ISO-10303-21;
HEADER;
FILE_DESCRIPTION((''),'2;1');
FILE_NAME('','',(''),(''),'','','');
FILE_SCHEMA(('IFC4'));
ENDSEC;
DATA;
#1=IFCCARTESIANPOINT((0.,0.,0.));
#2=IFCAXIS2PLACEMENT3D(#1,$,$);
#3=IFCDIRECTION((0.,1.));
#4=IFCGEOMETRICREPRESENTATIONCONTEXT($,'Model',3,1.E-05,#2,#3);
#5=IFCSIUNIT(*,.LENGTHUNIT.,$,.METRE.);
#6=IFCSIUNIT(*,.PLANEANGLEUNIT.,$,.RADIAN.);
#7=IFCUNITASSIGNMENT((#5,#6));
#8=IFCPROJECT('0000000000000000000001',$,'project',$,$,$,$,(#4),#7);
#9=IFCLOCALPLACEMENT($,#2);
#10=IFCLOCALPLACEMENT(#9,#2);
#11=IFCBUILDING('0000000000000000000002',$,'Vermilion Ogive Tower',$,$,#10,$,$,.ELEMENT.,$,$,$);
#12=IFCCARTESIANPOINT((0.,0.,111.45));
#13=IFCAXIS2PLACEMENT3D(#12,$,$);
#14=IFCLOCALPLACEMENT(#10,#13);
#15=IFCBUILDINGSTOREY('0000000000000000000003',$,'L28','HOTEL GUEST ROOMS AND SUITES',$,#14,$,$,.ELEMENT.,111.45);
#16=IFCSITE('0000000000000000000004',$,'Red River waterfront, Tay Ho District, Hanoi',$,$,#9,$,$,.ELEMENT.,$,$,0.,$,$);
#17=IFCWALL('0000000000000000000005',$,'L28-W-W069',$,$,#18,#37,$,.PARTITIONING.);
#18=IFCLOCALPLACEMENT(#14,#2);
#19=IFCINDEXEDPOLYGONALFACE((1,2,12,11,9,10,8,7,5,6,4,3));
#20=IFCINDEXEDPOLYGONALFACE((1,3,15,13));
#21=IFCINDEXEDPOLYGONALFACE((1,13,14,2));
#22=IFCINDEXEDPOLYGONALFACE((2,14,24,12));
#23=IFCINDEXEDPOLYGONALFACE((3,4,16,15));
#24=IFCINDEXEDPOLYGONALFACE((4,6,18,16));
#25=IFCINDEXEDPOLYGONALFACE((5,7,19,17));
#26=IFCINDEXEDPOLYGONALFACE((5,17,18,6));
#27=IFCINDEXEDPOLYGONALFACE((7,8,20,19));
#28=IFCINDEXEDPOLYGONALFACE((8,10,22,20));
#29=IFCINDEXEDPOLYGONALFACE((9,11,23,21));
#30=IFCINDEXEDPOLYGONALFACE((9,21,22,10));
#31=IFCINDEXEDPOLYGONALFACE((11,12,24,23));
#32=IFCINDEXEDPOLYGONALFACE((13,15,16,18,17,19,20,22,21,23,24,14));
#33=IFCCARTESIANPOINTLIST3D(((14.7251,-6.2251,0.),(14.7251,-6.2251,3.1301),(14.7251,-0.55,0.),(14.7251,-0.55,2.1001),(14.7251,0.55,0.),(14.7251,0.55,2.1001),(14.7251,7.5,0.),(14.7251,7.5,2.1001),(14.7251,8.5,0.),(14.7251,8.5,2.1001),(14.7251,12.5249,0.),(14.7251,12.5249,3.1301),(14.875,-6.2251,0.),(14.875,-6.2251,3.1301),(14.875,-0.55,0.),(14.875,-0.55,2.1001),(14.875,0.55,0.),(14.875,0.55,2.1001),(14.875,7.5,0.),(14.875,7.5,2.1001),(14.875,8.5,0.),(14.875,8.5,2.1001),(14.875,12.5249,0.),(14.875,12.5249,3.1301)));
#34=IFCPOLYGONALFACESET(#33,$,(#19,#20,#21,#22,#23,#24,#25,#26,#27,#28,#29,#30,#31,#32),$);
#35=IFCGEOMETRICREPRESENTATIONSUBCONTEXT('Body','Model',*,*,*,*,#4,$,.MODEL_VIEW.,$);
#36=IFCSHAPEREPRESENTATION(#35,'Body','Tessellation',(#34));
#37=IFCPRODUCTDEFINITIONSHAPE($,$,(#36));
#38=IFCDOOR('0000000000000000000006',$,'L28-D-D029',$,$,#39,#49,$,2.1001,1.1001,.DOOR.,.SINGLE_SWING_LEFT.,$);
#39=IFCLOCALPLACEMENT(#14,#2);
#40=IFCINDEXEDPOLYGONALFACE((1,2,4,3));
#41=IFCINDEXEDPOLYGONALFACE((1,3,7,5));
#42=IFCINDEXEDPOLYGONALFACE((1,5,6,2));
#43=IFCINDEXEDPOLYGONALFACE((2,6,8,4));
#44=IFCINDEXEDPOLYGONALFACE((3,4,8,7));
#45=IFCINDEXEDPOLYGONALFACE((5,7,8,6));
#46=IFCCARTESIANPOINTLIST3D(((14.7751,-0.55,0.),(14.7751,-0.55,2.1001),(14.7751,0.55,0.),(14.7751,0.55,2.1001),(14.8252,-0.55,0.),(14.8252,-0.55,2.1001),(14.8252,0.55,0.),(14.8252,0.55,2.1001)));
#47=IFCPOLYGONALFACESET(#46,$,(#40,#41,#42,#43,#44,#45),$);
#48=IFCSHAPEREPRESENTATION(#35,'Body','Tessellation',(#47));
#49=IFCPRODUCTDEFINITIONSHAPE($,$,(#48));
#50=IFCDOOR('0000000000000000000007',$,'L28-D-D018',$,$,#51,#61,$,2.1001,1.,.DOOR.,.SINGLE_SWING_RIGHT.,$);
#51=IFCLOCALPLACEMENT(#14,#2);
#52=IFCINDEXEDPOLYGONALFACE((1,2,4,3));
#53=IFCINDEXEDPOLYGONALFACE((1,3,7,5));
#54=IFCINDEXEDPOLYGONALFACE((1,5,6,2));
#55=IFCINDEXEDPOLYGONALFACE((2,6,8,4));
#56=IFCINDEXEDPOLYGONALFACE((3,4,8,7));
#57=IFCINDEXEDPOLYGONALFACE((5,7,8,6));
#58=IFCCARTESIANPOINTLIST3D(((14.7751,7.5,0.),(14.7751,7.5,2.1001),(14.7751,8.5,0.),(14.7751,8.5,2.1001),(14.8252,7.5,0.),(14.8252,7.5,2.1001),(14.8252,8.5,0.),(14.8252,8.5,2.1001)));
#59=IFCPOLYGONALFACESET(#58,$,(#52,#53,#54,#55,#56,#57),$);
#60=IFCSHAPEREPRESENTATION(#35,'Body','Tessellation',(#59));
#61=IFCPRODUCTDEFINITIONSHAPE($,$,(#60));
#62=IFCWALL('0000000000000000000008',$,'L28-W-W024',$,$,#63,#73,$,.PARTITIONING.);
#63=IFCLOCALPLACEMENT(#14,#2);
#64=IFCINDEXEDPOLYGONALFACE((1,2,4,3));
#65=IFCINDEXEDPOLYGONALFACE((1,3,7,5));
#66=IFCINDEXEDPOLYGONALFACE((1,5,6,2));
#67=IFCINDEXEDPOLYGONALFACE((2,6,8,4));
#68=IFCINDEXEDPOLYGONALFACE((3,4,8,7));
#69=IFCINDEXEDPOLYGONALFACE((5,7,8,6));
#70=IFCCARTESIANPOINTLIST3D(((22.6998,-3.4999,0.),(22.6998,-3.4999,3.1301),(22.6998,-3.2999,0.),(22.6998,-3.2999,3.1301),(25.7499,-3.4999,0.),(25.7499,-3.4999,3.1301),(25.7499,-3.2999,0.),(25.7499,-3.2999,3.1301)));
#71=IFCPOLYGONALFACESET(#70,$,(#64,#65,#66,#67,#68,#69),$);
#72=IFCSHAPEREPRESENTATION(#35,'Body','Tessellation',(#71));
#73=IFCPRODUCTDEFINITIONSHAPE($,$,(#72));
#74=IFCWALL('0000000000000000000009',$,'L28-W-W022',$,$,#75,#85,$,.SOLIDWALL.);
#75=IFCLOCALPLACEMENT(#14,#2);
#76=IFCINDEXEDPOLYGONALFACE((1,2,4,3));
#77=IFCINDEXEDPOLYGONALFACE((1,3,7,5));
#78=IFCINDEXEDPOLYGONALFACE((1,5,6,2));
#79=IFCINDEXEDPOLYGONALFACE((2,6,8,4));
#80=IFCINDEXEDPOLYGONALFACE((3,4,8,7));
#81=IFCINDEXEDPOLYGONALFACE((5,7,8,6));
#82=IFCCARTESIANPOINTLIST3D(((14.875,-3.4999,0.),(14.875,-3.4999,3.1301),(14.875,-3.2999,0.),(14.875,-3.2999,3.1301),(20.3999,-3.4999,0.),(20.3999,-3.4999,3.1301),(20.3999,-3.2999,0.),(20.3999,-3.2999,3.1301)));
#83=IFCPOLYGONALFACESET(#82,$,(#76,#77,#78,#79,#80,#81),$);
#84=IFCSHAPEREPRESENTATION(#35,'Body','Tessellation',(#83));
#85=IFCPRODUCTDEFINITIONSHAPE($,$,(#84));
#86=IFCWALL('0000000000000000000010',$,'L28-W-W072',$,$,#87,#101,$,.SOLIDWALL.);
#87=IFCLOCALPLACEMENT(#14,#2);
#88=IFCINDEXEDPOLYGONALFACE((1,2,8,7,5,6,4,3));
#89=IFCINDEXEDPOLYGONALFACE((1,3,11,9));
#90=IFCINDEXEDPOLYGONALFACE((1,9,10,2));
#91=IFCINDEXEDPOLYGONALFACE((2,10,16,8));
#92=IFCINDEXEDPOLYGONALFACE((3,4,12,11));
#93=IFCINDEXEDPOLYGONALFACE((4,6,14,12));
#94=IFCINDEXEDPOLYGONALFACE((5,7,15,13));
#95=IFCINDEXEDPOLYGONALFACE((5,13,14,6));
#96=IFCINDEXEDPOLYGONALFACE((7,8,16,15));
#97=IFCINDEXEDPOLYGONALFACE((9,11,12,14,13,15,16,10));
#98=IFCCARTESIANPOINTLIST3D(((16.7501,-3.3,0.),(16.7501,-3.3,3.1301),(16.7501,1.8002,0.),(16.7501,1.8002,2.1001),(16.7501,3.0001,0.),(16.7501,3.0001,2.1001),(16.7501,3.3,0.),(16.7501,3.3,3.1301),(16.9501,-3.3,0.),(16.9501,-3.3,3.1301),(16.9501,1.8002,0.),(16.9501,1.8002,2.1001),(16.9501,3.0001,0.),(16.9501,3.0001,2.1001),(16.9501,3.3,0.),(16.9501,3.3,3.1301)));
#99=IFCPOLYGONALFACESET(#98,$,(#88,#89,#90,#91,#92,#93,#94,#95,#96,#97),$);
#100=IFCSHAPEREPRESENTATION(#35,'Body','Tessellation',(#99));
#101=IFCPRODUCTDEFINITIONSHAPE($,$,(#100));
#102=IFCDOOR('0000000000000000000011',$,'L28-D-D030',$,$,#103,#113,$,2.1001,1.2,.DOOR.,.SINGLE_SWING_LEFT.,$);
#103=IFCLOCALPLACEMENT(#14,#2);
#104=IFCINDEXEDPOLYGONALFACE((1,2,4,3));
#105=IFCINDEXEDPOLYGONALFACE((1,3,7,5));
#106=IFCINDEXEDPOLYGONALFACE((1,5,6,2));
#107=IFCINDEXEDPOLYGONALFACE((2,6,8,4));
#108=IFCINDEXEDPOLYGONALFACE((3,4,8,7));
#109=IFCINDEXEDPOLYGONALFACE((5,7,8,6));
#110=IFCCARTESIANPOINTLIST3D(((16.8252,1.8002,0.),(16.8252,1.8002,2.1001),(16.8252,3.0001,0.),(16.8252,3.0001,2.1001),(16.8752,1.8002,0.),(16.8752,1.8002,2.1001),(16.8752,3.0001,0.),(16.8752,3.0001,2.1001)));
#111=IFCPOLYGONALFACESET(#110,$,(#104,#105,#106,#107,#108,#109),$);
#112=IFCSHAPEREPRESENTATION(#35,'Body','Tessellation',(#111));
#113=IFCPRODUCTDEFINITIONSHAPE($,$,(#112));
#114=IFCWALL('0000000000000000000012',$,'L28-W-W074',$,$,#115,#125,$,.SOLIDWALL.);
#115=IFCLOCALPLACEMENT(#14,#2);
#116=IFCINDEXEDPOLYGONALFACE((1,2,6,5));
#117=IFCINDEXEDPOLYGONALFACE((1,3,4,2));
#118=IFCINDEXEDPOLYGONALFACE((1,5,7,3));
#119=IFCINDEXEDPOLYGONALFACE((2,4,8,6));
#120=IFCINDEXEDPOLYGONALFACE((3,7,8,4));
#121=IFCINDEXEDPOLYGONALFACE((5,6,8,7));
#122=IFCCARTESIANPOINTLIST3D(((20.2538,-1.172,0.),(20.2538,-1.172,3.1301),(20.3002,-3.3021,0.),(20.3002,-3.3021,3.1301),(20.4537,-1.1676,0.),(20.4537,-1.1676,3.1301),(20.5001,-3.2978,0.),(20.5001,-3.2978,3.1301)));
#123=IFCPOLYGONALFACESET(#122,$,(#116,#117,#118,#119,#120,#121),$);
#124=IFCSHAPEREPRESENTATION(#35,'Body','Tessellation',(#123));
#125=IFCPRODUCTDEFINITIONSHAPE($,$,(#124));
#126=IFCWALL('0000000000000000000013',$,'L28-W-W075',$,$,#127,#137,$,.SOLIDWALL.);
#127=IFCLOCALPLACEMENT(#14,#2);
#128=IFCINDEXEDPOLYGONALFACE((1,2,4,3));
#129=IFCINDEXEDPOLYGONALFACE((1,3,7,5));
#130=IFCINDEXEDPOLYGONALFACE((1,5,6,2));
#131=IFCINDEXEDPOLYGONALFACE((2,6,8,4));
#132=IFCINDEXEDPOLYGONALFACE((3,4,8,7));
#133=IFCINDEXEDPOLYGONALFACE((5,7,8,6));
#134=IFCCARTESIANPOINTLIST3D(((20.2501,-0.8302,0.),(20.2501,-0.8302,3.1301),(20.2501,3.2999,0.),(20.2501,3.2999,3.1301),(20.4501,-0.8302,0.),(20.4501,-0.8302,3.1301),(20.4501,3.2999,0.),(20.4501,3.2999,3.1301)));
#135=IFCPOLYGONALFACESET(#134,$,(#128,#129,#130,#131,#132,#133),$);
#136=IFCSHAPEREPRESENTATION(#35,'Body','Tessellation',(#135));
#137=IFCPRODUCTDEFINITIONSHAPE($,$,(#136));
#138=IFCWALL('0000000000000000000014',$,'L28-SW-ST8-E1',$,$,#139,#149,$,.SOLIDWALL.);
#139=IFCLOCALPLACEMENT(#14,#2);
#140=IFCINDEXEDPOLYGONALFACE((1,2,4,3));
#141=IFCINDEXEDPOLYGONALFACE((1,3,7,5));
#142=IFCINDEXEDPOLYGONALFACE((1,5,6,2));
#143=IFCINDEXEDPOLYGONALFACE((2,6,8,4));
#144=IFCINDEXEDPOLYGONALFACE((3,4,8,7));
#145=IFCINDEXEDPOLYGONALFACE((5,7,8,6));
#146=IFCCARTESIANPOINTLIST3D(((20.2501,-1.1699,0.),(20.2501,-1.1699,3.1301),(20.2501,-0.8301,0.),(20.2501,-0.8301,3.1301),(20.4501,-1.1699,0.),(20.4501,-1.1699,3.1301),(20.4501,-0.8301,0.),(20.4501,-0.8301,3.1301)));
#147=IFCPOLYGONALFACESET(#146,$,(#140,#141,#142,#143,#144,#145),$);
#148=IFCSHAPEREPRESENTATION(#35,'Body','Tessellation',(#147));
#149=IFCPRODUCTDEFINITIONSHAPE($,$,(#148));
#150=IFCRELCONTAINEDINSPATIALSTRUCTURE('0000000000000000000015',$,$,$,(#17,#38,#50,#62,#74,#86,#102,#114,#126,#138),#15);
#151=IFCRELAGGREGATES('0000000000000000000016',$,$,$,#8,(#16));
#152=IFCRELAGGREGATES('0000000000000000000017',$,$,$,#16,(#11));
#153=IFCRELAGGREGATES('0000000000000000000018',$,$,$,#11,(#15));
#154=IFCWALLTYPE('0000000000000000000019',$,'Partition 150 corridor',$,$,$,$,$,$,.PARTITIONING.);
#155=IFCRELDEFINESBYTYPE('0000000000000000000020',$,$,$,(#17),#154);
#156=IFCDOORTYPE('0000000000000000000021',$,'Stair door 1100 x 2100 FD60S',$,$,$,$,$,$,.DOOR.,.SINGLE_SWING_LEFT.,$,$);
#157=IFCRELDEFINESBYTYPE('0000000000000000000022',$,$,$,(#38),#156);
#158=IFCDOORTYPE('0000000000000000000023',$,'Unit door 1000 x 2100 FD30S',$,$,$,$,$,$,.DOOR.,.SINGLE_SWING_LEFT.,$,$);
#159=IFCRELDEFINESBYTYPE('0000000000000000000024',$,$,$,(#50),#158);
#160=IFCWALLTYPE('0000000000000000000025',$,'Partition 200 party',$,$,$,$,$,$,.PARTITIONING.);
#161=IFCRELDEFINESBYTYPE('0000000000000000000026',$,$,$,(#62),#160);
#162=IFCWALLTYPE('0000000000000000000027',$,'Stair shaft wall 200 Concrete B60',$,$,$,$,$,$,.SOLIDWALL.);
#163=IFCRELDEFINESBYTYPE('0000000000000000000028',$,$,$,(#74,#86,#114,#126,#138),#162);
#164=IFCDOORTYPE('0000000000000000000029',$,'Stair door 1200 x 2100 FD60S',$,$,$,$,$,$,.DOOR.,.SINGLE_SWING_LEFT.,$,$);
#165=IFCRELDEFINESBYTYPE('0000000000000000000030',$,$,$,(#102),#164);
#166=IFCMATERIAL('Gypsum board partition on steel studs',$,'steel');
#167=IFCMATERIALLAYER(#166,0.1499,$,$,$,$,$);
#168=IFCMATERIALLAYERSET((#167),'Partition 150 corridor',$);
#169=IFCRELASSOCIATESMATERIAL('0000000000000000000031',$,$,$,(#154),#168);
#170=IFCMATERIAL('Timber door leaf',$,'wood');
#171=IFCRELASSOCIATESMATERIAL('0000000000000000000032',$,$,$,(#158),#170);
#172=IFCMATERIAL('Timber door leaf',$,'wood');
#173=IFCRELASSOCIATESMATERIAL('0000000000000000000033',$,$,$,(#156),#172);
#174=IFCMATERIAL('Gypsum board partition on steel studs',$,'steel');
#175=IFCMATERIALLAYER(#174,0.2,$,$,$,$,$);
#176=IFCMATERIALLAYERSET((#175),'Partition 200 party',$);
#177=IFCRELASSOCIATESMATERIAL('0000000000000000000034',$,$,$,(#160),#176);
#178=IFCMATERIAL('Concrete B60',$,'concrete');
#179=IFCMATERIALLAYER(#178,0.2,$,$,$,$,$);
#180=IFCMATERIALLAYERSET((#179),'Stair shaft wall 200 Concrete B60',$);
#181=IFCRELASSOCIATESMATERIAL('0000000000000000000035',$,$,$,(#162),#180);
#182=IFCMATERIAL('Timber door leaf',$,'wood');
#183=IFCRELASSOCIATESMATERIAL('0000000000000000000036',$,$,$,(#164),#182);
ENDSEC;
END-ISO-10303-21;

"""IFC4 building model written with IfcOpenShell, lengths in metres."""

from ifc_helpers import new_model, si_unit, direction, frame, frame_2d, origin, place, context, subcontext, project, spatial, rectangle, extrude, material, layer, layer_set, type_object, element, fill, save


model = new_model("IFC4")

# Units and contexts
model_context = context("Model", 3, precision=1e-05, world=origin(), true_north=direction((0.0, 1.0)))
body_context = subcontext(model_context, "Body", "Model", "MODEL_VIEW")
ifc_project = project(units=[si_unit("LENGTHUNIT", "METRE"), si_unit("PLANEANGLEUNIT", "RADIAN")], contexts=[model_context])

# Site, building, storey
site_placement = place(None, origin())
site = spatial("IfcSite", under=ifc_project, at=site_placement, Name="Red River waterfront, Tay Ho District, Hanoi", CompositionType="ELEMENT", RefElevation=0.0)
building_placement = place(site_placement, origin())
building = spatial("IfcBuilding", under=site, at=building_placement, Name="Vermilion Ogive Tower", CompositionType="ELEMENT")
storey_placement = place(building_placement, frame((0.0, 0.0, 111.45)))
storey = spatial("IfcBuildingStorey", under=building, at=storey_placement, Name="L28", Description="HOTEL GUEST ROOMS AND SUITES", CompositionType="ELEMENT", Elevation=111.45)

# Shared definitions
ifc_material_1 = material(Name="Gypsum board partition on steel studs", Category="steel")
ifc_layer_1 = layer(ifc_material_1, 0.1499)
ifc_layer_set_1 = layer_set([ifc_layer_1], Name="Partition 150 corridor")
wall_type_1 = type_object("IfcWallType", Name="Partition 150 corridor", PredefinedType="PARTITIONING", material=ifc_layer_set_1)
ifc_material_2 = material(Name="Timber door leaf", Category="wood")
door_type_1 = type_object("IfcDoorType", Name="Unit door 1000 x 2100 FD30S", OperationType="SINGLE_SWING_LEFT", PredefinedType="DOOR", material=ifc_material_2)

# Wall, openings, doors
wall_1_placement = place(storey_placement, frame((14.8, -6.2251, 0.0), z_axis=(0.0, 0.0, 1.0), x_axis=(0.0, 1.0, 0.0)))
wall_1 = element("IfcWall", 1, at=wall_1_placement, inside=storey, type_object=wall_type_1, Name="L28-W-W069", PredefinedType="PARTITIONING", context=body_context, shape_type="SweptSolid", body=[
    extrude(rectangle(XDim=18.75, YDim=0.1499, at=frame_2d((9.375, 0.0))), origin(), (0.0, 0.0, 1.0), 3.1301),
])
opening_1_placement = place(wall_1_placement, frame((13.7251, 0.0, 0.0)))
opening_1 = element("IfcOpeningElement", 2, at=opening_1_placement, cuts=wall_1, PredefinedType="OPENING", context=body_context, shape_type="SweptSolid", body=[
    extrude(rectangle(XDim=1.0, YDim=2.1001, at=frame_2d((0.5, 1.05))), frame((0.0, 0.085, 0.0), z_axis=(0.0, -1.0, 0.0), x_axis=(1.0, 0.0, 0.0)), (0.0, 0.0, 1.0), 0.1699),
])
opening_2_placement = place(wall_1_placement, frame((5.675, 0.0, 0.0)))
opening_2 = element("IfcOpeningElement", 3, at=opening_2_placement, cuts=wall_1, PredefinedType="OPENING", context=body_context, shape_type="SweptSolid", body=[
    extrude(rectangle(XDim=1.1001, YDim=2.1001, at=frame_2d((0.55, 1.05))), frame((0.0, 0.085, 0.0), z_axis=(0.0, -1.0, 0.0), x_axis=(1.0, 0.0, 0.0)), (0.0, 0.0, 1.0), 0.1699),
])
ifc_material_3 = material(Name="Timber door leaf", Category="wood")
door_type_2 = type_object("IfcDoorType", Name="Stair door 1100 x 2100 FD60S", OperationType="SINGLE_SWING_LEFT", PredefinedType="DOOR", material=ifc_material_3)
door_1_placement = place(opening_2_placement, origin())
door_1 = element("IfcDoor", 4, at=door_1_placement, inside=storey, type_object=door_type_2, Name="L28-D-D029", OperationType="SINGLE_SWING_LEFT", OverallHeight=2.1001, OverallWidth=1.1001, PredefinedType="DOOR", context=body_context, shape_type="SweptSolid", body=[
    extrude(rectangle(XDim=1.1001, YDim=2.1001, at=frame_2d((0.55, 1.05))), frame((0.0, 0.0249, 0.0), z_axis=(0.0, -1.0, 0.0), x_axis=(1.0, 0.0, 0.0)), (0.0, 0.0, 1.0), 0.05),
])
fill(opening_2, door_1)
door_2_placement = place(opening_1_placement, origin())
door_2 = element("IfcDoor", 5, at=door_2_placement, inside=storey, type_object=door_type_1, Name="L28-D-D018", OperationType="SINGLE_SWING_RIGHT", OverallHeight=2.1001, OverallWidth=1.0, PredefinedType="DOOR", context=body_context, shape_type="SweptSolid", body=[
    extrude(rectangle(XDim=1.0, YDim=2.1001, at=frame_2d((0.5, 1.05))), frame((0.0, 0.0249, 0.0), z_axis=(0.0, -1.0, 0.0), x_axis=(1.0, 0.0, 0.0)), (0.0, 0.0, 1.0), 0.05),
])
fill(opening_1, door_2)

# Walls
ifc_material_4 = material(Name="Gypsum board partition on steel studs", Category="steel")
ifc_layer_2 = layer(ifc_material_4, 0.2)
ifc_layer_set_2 = layer_set([ifc_layer_2], Name="Partition 200 party")
wall_type_2 = type_object("IfcWallType", Name="Partition 200 party", PredefinedType="PARTITIONING", material=ifc_layer_set_2)
wall_2_placement = place(storey_placement, frame((22.7, -3.3999, 0.0), z_axis=(0.0, 0.0, 1.0), x_axis=(1.0, 0.0, 0.0)))
element("IfcWall", 6, at=wall_2_placement, inside=storey, type_object=wall_type_2, Name="L28-W-W024", PredefinedType="PARTITIONING", context=body_context, shape_type="SweptSolid", body=[
    extrude(rectangle(XDim=3.05, YDim=0.2, at=frame_2d((1.5249, 0.0))), origin(), (0.0, 0.0, 1.0), 3.1301),
])
ifc_material_5 = material(Name="Concrete B60", Category="concrete")
ifc_layer_3 = layer(ifc_material_5, 0.2)
ifc_layer_set_3 = layer_set([ifc_layer_3], Name="Stair shaft wall 200 Concrete B60")
wall_type_3 = type_object("IfcWallType", Name="Stair shaft wall 200 Concrete B60", PredefinedType="SOLIDWALL", material=ifc_layer_set_3)
wall_3_placement = place(storey_placement, frame((14.875, -3.3999, 0.0), z_axis=(0.0, 0.0, 1.0), x_axis=(1.0, 0.0, 0.0)))
element("IfcWall", 7, at=wall_3_placement, inside=storey, type_object=wall_type_3, Name="L28-W-W022", PredefinedType="SOLIDWALL", context=body_context, shape_type="SweptSolid", body=[
    extrude(rectangle(XDim=5.5249, YDim=0.2, at=frame_2d((2.7625, 0.0))), origin(), (0.0, 0.0, 1.0), 3.1301),
])

# Wall, opening, door
wall_4_placement = place(storey_placement, frame((16.8501, -3.3, 0.0), z_axis=(0.0, 0.0, 1.0), x_axis=(0.0, 1.0, 0.0)))
wall_4 = element("IfcWall", 8, at=wall_4_placement, inside=storey, type_object=wall_type_3, Name="L28-W-W072", PredefinedType="SOLIDWALL", context=body_context, shape_type="SweptSolid", body=[
    extrude(rectangle(XDim=6.6001, YDim=0.2, at=frame_2d((3.3, 0.0))), origin(), (0.0, 0.0, 1.0), 3.1301),
])
opening_3_placement = place(wall_4_placement, frame((5.1001, 0.0, 0.0)))
opening_3 = element("IfcOpeningElement", 9, at=opening_3_placement, cuts=wall_4, PredefinedType="OPENING", context=body_context, shape_type="SweptSolid", body=[
    extrude(rectangle(XDim=1.2, YDim=2.1001, at=frame_2d((0.6001, 1.05))), frame((0.0, 0.1099, 0.0), z_axis=(0.0, -1.0, 0.0), x_axis=(1.0, 0.0, 0.0)), (0.0, 0.0, 1.0), 0.22),
])
ifc_material_6 = material(Name="Timber door leaf", Category="wood")
door_type_3 = type_object("IfcDoorType", Name="Stair door 1200 x 2100 FD60S", OperationType="SINGLE_SWING_LEFT", PredefinedType="DOOR", material=ifc_material_6)
door_3_placement = place(opening_3_placement, origin())
door_3 = element("IfcDoor", 10, at=door_3_placement, inside=storey, type_object=door_type_3, Name="L28-D-D030", OperationType="SINGLE_SWING_LEFT", OverallHeight=2.1001, OverallWidth=1.2, PredefinedType="DOOR", context=body_context, shape_type="SweptSolid", body=[
    extrude(rectangle(XDim=1.2, YDim=2.1001, at=frame_2d((0.6001, 1.05))), frame((0.0, 0.0249, 0.0), z_axis=(0.0, -1.0, 0.0), x_axis=(1.0, 0.0, 0.0)), (0.0, 0.0, 1.0), 0.05),
])
fill(opening_3, door_3)

# Walls
wall_5_placement = place(storey_placement, frame((20.4001, -3.3, 0.0), z_axis=(0.0, 0.0, 1.0), x_axis=(-0.021771, 0.999763, 0.0)))
element("IfcWall", 11, at=wall_5_placement, inside=storey, type_object=wall_type_3, Name="L28-W-W074", PredefinedType="SOLIDWALL", context=body_context, shape_type="SweptSolid", body=[
    extrude(rectangle(XDim=2.1306, YDim=0.2, at=frame_2d((1.0654, 0.0))), origin(), (0.0, 0.0, 1.0), 3.1301),
])
wall_6_placement = place(storey_placement, frame((20.3501, -0.8301, 0.0), z_axis=(0.0, 0.0, 1.0), x_axis=(0.0, 1.0, 0.0)))
element("IfcWall", 12, at=wall_6_placement, inside=storey, type_object=wall_type_3, Name="L28-W-W075", PredefinedType="SOLIDWALL", context=body_context, shape_type="SweptSolid", body=[
    extrude(rectangle(XDim=4.1301, YDim=0.2, at=frame_2d((2.0649, 0.0))), origin(), (0.0, 0.0, 1.0), 3.1301),
])
wall_7_placement = place(storey_placement, frame((20.3501, -1.1699, 0.0), z_axis=(0.0, 0.0, 1.0), x_axis=(0.0, 1.0, 0.0)))
element("IfcWall", 13, at=wall_7_placement, inside=storey, type_object=wall_type_3, Name="L28-SW-ST8-E1", PredefinedType="SOLIDWALL", context=body_context, shape_type="SweptSolid", body=[
    extrude(rectangle(XDim=0.3398, YDim=0.2, at=frame_2d((0.1699, 0.0))), origin(), (0.0, 0.0, 1.0), 3.1301),
])

save(model, "model.ifc")
